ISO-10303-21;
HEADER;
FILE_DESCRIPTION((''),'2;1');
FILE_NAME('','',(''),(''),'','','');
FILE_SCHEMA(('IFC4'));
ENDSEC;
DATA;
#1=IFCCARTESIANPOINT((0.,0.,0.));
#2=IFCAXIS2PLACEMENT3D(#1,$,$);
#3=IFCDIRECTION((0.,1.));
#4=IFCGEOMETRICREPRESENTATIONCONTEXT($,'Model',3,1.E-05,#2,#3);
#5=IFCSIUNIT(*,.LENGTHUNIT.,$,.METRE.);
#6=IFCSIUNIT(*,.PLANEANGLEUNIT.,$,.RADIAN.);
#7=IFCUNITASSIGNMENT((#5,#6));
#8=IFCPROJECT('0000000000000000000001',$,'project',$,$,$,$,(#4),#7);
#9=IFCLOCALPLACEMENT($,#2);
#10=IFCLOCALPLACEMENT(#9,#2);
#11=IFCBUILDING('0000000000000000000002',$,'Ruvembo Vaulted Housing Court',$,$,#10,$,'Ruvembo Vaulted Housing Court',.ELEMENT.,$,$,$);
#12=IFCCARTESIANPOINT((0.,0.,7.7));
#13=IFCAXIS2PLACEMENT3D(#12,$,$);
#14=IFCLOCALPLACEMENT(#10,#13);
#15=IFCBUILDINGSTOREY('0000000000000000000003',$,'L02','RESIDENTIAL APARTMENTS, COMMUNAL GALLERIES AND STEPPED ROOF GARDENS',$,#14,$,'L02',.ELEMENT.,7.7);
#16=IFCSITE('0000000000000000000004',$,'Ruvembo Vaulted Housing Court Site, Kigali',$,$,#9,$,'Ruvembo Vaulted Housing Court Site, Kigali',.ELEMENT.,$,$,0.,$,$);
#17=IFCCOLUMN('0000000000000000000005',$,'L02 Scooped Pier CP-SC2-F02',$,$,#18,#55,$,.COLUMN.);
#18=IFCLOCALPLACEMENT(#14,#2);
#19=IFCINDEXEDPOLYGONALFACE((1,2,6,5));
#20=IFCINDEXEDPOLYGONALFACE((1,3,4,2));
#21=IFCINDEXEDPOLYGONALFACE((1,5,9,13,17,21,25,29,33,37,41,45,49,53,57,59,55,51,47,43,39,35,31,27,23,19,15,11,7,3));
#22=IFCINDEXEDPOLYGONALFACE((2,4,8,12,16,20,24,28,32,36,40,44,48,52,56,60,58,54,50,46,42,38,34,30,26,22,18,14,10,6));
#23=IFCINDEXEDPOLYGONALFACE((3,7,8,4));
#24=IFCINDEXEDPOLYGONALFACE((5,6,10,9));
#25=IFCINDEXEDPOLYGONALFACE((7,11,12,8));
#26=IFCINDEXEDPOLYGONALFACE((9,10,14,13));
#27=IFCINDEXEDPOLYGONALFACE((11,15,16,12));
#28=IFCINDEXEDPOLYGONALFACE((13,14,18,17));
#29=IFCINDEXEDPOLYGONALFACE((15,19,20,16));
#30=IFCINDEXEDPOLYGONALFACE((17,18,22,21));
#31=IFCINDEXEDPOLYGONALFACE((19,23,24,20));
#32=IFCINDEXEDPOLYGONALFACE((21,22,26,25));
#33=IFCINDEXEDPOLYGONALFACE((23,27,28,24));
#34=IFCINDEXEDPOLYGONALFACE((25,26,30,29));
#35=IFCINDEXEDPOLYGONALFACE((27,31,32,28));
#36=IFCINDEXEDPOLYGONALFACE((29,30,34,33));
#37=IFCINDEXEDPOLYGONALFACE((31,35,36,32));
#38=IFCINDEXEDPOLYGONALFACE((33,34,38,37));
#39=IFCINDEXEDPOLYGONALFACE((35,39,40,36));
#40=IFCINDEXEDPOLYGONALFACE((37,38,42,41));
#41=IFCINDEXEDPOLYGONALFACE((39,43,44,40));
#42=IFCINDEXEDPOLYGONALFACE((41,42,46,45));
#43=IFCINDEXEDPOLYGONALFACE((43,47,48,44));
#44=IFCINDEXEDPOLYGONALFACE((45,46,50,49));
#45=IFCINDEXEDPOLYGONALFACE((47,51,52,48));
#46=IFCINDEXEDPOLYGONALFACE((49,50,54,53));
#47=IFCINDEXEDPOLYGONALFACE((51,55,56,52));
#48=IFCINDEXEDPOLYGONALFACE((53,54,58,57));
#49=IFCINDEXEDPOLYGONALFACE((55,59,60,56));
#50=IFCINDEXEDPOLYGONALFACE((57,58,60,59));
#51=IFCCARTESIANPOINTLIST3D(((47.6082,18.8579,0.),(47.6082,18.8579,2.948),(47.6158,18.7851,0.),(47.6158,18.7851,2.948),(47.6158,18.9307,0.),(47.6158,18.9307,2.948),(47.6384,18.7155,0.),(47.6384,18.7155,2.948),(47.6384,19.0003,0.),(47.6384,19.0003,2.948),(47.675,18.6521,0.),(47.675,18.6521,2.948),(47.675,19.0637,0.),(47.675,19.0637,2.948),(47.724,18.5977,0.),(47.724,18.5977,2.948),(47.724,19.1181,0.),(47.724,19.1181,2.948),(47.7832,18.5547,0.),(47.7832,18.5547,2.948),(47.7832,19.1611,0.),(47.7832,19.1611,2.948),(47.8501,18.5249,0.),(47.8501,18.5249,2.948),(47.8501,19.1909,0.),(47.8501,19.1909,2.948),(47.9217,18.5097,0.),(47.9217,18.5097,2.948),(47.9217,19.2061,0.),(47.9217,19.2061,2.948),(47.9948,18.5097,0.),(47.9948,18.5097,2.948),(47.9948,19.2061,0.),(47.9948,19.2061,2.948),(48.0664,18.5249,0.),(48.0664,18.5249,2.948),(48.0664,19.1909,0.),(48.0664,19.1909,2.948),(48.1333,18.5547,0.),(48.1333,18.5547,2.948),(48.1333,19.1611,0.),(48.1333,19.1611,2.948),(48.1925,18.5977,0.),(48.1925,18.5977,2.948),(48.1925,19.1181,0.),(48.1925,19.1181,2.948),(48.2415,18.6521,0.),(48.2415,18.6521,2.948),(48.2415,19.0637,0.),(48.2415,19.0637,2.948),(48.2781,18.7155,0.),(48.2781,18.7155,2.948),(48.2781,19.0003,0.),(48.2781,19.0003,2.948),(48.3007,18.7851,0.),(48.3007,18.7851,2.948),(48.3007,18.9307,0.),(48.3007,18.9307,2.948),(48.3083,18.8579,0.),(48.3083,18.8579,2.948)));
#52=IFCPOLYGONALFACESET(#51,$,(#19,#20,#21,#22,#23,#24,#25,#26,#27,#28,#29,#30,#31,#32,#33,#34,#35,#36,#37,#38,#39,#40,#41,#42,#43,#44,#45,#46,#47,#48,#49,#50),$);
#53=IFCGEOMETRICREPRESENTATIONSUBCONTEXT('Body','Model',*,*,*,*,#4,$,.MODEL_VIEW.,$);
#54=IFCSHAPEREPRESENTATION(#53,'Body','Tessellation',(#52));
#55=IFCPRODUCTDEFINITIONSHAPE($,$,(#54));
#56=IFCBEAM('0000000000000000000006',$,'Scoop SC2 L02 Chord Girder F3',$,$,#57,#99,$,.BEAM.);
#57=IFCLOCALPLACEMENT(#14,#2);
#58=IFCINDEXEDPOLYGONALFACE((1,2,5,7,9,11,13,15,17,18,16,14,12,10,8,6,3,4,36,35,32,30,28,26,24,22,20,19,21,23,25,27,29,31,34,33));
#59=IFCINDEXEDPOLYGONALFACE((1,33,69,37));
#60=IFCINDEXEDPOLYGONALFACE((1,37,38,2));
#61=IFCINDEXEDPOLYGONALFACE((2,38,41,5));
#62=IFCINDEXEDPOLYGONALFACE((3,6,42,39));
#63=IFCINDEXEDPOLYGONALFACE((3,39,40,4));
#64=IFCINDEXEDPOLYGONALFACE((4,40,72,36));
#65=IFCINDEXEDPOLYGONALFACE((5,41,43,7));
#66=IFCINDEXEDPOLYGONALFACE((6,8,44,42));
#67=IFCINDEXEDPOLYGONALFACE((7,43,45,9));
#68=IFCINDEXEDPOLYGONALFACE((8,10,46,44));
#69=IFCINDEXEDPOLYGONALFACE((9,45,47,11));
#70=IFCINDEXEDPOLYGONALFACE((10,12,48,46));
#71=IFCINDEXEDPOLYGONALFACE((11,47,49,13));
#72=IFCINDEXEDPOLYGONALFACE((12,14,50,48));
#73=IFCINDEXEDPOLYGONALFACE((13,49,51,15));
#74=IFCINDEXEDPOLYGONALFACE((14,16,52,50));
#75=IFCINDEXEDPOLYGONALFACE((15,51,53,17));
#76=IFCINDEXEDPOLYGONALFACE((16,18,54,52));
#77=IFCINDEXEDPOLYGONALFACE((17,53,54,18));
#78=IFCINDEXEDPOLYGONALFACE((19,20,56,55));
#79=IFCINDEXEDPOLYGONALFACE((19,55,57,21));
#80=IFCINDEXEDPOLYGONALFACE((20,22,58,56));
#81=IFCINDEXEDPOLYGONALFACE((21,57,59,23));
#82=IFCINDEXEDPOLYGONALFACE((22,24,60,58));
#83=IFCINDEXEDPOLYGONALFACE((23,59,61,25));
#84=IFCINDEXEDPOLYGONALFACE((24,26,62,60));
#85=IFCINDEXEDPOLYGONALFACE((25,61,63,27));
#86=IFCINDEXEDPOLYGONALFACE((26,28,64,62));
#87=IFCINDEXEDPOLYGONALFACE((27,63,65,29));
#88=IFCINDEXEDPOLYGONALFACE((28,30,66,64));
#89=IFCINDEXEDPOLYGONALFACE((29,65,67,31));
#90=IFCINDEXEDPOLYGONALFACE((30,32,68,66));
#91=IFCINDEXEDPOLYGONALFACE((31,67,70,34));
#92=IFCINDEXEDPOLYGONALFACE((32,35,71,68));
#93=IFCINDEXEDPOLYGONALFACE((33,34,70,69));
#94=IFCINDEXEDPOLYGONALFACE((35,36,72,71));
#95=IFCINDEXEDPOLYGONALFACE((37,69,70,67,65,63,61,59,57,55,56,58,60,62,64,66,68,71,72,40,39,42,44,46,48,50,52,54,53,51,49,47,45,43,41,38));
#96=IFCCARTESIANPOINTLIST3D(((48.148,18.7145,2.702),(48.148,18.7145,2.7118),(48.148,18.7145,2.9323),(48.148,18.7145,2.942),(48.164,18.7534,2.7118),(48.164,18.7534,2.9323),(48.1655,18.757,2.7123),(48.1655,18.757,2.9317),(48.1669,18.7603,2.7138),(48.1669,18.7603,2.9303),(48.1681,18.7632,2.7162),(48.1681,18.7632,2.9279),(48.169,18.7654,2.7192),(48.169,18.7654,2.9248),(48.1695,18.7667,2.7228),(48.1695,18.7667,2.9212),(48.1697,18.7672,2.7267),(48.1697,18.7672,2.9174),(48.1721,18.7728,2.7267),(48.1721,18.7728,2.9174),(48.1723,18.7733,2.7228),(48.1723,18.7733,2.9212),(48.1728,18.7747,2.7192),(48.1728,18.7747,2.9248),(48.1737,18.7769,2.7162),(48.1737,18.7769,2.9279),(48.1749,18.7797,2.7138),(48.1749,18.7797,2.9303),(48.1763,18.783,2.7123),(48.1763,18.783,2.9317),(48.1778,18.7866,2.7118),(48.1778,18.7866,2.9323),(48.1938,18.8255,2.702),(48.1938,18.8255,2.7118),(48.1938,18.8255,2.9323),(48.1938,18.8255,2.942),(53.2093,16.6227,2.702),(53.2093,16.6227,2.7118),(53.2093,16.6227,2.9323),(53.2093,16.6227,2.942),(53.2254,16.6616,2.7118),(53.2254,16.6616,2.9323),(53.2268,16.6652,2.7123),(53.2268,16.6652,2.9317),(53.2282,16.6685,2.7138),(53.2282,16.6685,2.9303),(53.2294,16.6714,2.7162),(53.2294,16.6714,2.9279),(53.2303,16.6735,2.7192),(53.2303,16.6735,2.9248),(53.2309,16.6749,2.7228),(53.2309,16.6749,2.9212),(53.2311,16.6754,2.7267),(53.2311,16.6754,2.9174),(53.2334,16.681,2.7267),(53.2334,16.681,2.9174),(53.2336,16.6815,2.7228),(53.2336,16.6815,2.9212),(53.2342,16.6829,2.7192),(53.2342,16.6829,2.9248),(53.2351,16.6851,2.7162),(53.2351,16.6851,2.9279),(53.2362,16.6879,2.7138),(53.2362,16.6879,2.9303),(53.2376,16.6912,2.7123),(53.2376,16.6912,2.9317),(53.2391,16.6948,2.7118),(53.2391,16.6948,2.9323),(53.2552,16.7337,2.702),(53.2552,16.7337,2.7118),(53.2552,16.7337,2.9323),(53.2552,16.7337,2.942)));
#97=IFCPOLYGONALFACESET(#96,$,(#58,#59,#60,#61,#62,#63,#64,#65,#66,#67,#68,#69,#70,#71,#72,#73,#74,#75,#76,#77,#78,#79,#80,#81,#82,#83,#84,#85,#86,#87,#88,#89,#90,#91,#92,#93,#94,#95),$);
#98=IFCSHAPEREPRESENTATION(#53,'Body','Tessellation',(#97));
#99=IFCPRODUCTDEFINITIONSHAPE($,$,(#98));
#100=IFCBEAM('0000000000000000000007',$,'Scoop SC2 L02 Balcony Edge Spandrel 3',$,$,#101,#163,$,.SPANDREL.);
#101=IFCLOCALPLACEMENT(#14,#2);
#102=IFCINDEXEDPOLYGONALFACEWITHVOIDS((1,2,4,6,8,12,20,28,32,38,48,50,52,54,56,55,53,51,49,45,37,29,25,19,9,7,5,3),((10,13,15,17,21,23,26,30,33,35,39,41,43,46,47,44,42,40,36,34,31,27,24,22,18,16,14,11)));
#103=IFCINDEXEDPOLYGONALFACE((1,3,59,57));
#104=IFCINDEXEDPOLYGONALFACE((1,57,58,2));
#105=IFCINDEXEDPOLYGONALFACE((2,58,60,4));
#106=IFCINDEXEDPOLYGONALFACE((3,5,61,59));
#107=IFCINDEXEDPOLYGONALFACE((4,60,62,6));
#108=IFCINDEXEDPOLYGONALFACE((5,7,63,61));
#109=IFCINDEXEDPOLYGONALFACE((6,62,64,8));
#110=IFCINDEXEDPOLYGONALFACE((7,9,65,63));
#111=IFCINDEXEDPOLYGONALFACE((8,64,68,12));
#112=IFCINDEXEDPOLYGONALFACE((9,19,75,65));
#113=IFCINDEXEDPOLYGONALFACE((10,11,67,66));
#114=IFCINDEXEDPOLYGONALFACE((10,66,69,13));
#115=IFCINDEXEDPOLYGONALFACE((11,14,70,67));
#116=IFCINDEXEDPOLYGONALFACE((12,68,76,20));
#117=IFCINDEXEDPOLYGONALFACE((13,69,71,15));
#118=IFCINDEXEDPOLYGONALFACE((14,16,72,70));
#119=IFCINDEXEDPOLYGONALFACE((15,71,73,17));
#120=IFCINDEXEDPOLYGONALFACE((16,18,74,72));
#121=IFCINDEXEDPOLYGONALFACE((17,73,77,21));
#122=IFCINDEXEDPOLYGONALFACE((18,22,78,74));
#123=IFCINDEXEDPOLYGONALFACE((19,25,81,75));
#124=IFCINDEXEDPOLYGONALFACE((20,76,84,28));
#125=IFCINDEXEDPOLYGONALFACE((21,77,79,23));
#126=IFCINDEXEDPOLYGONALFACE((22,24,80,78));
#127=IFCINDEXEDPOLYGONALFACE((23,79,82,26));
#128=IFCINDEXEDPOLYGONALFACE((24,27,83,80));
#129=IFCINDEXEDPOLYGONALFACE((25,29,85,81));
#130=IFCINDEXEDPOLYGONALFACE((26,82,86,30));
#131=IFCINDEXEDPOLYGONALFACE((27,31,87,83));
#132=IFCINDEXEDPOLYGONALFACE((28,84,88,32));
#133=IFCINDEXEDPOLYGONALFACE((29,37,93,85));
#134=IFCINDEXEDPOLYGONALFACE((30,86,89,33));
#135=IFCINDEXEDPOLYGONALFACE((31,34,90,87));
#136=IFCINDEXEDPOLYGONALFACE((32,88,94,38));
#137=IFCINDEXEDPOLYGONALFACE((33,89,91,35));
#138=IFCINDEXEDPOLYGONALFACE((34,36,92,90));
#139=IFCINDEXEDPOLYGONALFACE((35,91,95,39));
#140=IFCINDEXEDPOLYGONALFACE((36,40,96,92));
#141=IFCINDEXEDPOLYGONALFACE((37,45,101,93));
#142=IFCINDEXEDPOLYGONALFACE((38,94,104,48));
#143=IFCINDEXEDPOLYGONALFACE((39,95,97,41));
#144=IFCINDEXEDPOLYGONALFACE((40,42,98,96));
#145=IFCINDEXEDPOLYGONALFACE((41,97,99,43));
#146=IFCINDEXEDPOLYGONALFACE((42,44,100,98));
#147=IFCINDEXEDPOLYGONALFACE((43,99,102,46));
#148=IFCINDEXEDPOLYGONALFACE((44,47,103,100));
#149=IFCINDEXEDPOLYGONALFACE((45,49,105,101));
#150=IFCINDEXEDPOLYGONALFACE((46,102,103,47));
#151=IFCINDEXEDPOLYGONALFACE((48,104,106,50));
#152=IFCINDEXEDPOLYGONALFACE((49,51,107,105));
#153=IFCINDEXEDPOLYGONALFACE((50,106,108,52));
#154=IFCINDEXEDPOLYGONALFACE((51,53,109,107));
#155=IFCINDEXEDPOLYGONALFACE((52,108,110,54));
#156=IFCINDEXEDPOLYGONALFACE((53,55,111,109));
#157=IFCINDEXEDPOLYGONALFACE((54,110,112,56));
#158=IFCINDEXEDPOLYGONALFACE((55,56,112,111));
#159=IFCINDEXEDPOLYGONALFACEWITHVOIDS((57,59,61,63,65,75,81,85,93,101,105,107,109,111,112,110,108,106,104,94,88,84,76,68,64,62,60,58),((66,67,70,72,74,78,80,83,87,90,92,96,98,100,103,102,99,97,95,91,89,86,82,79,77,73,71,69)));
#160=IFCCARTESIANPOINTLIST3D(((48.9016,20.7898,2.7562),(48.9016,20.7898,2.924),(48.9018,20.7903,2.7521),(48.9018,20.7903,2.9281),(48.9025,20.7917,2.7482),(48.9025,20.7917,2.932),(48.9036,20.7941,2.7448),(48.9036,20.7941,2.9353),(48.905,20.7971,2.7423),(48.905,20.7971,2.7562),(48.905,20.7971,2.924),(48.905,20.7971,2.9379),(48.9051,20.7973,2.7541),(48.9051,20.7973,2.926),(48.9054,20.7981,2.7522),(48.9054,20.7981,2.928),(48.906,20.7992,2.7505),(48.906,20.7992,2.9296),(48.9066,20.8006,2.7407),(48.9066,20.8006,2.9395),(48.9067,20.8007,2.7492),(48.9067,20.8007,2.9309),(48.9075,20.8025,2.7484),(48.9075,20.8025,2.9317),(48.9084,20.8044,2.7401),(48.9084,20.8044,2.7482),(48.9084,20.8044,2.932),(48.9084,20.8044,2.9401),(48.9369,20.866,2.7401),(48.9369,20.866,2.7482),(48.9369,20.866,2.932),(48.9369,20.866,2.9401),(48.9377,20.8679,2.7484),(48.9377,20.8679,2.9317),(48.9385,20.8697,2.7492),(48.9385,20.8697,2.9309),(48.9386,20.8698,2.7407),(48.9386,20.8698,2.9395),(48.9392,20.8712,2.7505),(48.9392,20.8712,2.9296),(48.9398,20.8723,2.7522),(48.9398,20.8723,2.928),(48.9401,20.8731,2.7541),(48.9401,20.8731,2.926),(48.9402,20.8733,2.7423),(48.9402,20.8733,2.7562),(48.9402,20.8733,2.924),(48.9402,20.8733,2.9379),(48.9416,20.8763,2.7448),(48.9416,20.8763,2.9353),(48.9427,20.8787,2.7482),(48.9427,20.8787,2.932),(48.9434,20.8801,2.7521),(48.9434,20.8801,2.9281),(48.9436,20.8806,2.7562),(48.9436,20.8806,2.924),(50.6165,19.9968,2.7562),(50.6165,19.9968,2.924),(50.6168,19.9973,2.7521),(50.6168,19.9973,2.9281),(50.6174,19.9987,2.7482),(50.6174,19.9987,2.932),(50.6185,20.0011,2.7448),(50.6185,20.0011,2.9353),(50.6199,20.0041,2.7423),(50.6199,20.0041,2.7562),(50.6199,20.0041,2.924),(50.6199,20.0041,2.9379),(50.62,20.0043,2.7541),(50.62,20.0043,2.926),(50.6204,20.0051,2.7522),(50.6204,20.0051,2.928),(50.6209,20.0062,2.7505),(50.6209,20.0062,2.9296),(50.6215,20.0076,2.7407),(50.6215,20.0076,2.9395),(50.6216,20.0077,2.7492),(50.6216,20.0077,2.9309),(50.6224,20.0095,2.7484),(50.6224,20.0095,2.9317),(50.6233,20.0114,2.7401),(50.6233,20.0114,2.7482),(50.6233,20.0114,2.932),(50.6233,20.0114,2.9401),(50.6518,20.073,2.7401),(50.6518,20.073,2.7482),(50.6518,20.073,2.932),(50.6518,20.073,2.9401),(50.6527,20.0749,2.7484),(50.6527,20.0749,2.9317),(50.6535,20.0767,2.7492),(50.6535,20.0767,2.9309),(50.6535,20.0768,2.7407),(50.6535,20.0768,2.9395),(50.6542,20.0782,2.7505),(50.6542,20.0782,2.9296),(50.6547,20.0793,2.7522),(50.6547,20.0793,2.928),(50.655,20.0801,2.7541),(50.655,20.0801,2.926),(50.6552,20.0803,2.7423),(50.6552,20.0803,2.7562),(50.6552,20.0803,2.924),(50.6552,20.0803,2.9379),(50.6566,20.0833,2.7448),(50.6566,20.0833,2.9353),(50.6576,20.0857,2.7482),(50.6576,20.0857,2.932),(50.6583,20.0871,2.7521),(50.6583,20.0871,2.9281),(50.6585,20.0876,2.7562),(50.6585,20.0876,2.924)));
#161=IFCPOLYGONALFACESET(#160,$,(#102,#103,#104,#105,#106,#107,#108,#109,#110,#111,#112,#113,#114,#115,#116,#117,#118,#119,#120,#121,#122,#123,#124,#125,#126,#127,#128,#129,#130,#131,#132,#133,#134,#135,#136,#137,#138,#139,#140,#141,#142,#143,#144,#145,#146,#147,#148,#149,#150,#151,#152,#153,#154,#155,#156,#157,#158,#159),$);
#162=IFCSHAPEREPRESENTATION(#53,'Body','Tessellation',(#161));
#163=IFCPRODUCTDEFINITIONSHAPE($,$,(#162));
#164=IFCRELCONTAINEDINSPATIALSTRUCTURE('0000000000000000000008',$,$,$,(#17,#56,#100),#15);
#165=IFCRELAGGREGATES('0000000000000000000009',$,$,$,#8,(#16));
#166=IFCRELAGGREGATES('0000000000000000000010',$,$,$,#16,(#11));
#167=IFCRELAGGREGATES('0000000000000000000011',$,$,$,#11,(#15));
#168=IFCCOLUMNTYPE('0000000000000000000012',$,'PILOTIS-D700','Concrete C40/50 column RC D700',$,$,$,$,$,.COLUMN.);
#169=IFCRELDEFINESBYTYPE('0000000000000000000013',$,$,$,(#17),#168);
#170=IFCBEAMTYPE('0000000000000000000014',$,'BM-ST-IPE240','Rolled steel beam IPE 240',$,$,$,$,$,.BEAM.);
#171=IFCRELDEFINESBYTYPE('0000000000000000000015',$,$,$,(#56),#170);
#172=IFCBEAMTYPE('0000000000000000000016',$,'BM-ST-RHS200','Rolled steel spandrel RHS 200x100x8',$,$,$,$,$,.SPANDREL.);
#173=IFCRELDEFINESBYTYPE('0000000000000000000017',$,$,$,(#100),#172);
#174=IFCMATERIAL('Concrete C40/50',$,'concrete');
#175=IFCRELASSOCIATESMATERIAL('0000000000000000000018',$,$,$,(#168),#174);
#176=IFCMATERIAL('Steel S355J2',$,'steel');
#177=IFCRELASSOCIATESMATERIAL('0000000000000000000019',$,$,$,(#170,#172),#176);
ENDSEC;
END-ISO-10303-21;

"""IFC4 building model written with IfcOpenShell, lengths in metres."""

from ifc_helpers import new_model, si_unit, direction, frame, origin, origin_2d, place, context, subcontext, project, spatial, hollow_rectangle, circle, i_section, extrude, material, material_profile, profile_set, type_object, element, save


model = new_model("IFC4")

# Units and contexts
model_context = context("Model", 3, precision=1e-05, world=origin(), true_north=direction((0.0, 1.0)))
body_context = subcontext(model_context, "Body", "Model", "MODEL_VIEW")
ifc_project = project(units=[si_unit("LENGTHUNIT", "METRE"), si_unit("PLANEANGLEUNIT", "RADIAN")], contexts=[model_context])

# Site, building, storey
site_placement = place(None, origin())
site = spatial("IfcSite", under=ifc_project, at=site_placement, Name="Ruvembo Vaulted Housing Court Site, Kigali", LongName="Ruvembo Vaulted Housing Court Site, Kigali", CompositionType="ELEMENT", RefElevation=0.0)
building_placement = place(site_placement, origin())
building = spatial("IfcBuilding", under=site, at=building_placement, Name="Ruvembo Vaulted Housing Court", LongName="Ruvembo Vaulted Housing Court", CompositionType="ELEMENT")
storey_placement = place(building_placement, frame((0.0, 0.0, 7.7)))
storey = spatial("IfcBuildingStorey", under=building, at=storey_placement, Name="L02", Description="RESIDENTIAL APARTMENTS, COMMUNAL GALLERIES AND STEPPED ROOF GARDENS", LongName="L02", CompositionType="ELEMENT", Elevation=7.7)

# Column
ifc_material_1 = material(Name="Concrete C40/50", Category="concrete")
ifc_material_profile_1 = material_profile(ifc_material_1, circle(Radius=0.3501, at=origin_2d()), Name="RC D700")
ifc_profile_set_1 = profile_set([ifc_material_profile_1], Name="Concrete C40/50")
column_type = type_object("IfcColumnType", Name="PILOTIS-D700", Description="Concrete C40/50 column RC D700", PredefinedType="COLUMN", material=ifc_profile_set_1)
column_placement = place(storey_placement, frame((47.9583, 18.8579, 0.0), z_axis=(0.0, 0.0, 1.0), x_axis=(1.0, 0.0, 0.0)))
element("IfcColumn", 1, at=column_placement, inside=storey, type_object=column_type, Name="L02 Scooped Pier CP-SC2-F02", PredefinedType="COLUMN", context=body_context, shape_type="SweptSolid", body=[
    extrude(circle(Radius=0.3501, at=origin_2d()), origin(), (0.0, 0.0, 1.0), 2.948),
])

# Beams
ifc_material_2 = material(Name="Steel S355J2", Category="steel")
ifc_material_profile_2 = material_profile(ifc_material_2, i_section(OverallWidth=0.1201, OverallDepth=0.24, WebThickness=0.0061, FlangeThickness=0.0098, FilletRadius=0.0149, at=origin_2d()), Name="IPE 240")
ifc_profile_set_2 = profile_set([ifc_material_profile_2], Name="Steel S355J2")
beam_type_1 = type_object("IfcBeamType", Name="BM-ST-IPE240", Description="Rolled steel beam IPE 240", PredefinedType="BEAM", material=ifc_profile_set_2)
beam_1_placement = place(storey_placement, frame((48.1709, 18.77, 2.822), z_axis=(0.92418, -0.381958, 0.0), x_axis=(0.381958, 0.92418, 0.0)))
element("IfcBeam", 2, at=beam_1_placement, inside=storey, type_object=beam_type_1, Name="Scoop SC2 L02 Chord Girder F3", PredefinedType="BEAM", context=body_context, shape_type="SweptSolid", body=[
    extrude(i_section(OverallWidth=0.1201, OverallDepth=0.24, WebThickness=0.0061, FlangeThickness=0.0098, FilletRadius=0.0149, at=origin_2d()), origin(), (0.0, 0.0, 1.0), 5.4766),
])
ifc_material_profile_3 = material_profile(ifc_material_2, hollow_rectangle(XDim=0.1001, YDim=0.2, WallThickness=0.0081, InnerFilletRadius=0.0081, OuterFilletRadius=0.0161, at=origin_2d()), Name="RHS 200x100x8")
ifc_profile_set_3 = profile_set([ifc_material_profile_3], Name="Steel S355J2")
beam_type_2 = type_object("IfcBeamType", Name="BM-ST-RHS200", Description="Rolled steel spandrel RHS 200x100x8", PredefinedType="SPANDREL", material=ifc_profile_set_3)
beam_2_placement = place(storey_placement, frame((48.9226, 20.8352, 2.8401), z_axis=(0.907657, -0.419714, 0.0), x_axis=(0.419714, 0.907657, 0.0)))
element("IfcBeam", 3, at=beam_2_placement, inside=storey, type_object=beam_type_2, Name="Scoop SC2 L02 Balcony Edge Spandrel 3", PredefinedType="SPANDREL", context=body_context, shape_type="SweptSolid", body=[
    extrude(hollow_rectangle(XDim=0.1001, YDim=0.2, WallThickness=0.0081, InnerFilletRadius=0.0081, OuterFilletRadius=0.0161, at=origin_2d()), origin(), (0.0, 0.0, 1.0), 1.8894),
])

save(model, "model.ifc")
